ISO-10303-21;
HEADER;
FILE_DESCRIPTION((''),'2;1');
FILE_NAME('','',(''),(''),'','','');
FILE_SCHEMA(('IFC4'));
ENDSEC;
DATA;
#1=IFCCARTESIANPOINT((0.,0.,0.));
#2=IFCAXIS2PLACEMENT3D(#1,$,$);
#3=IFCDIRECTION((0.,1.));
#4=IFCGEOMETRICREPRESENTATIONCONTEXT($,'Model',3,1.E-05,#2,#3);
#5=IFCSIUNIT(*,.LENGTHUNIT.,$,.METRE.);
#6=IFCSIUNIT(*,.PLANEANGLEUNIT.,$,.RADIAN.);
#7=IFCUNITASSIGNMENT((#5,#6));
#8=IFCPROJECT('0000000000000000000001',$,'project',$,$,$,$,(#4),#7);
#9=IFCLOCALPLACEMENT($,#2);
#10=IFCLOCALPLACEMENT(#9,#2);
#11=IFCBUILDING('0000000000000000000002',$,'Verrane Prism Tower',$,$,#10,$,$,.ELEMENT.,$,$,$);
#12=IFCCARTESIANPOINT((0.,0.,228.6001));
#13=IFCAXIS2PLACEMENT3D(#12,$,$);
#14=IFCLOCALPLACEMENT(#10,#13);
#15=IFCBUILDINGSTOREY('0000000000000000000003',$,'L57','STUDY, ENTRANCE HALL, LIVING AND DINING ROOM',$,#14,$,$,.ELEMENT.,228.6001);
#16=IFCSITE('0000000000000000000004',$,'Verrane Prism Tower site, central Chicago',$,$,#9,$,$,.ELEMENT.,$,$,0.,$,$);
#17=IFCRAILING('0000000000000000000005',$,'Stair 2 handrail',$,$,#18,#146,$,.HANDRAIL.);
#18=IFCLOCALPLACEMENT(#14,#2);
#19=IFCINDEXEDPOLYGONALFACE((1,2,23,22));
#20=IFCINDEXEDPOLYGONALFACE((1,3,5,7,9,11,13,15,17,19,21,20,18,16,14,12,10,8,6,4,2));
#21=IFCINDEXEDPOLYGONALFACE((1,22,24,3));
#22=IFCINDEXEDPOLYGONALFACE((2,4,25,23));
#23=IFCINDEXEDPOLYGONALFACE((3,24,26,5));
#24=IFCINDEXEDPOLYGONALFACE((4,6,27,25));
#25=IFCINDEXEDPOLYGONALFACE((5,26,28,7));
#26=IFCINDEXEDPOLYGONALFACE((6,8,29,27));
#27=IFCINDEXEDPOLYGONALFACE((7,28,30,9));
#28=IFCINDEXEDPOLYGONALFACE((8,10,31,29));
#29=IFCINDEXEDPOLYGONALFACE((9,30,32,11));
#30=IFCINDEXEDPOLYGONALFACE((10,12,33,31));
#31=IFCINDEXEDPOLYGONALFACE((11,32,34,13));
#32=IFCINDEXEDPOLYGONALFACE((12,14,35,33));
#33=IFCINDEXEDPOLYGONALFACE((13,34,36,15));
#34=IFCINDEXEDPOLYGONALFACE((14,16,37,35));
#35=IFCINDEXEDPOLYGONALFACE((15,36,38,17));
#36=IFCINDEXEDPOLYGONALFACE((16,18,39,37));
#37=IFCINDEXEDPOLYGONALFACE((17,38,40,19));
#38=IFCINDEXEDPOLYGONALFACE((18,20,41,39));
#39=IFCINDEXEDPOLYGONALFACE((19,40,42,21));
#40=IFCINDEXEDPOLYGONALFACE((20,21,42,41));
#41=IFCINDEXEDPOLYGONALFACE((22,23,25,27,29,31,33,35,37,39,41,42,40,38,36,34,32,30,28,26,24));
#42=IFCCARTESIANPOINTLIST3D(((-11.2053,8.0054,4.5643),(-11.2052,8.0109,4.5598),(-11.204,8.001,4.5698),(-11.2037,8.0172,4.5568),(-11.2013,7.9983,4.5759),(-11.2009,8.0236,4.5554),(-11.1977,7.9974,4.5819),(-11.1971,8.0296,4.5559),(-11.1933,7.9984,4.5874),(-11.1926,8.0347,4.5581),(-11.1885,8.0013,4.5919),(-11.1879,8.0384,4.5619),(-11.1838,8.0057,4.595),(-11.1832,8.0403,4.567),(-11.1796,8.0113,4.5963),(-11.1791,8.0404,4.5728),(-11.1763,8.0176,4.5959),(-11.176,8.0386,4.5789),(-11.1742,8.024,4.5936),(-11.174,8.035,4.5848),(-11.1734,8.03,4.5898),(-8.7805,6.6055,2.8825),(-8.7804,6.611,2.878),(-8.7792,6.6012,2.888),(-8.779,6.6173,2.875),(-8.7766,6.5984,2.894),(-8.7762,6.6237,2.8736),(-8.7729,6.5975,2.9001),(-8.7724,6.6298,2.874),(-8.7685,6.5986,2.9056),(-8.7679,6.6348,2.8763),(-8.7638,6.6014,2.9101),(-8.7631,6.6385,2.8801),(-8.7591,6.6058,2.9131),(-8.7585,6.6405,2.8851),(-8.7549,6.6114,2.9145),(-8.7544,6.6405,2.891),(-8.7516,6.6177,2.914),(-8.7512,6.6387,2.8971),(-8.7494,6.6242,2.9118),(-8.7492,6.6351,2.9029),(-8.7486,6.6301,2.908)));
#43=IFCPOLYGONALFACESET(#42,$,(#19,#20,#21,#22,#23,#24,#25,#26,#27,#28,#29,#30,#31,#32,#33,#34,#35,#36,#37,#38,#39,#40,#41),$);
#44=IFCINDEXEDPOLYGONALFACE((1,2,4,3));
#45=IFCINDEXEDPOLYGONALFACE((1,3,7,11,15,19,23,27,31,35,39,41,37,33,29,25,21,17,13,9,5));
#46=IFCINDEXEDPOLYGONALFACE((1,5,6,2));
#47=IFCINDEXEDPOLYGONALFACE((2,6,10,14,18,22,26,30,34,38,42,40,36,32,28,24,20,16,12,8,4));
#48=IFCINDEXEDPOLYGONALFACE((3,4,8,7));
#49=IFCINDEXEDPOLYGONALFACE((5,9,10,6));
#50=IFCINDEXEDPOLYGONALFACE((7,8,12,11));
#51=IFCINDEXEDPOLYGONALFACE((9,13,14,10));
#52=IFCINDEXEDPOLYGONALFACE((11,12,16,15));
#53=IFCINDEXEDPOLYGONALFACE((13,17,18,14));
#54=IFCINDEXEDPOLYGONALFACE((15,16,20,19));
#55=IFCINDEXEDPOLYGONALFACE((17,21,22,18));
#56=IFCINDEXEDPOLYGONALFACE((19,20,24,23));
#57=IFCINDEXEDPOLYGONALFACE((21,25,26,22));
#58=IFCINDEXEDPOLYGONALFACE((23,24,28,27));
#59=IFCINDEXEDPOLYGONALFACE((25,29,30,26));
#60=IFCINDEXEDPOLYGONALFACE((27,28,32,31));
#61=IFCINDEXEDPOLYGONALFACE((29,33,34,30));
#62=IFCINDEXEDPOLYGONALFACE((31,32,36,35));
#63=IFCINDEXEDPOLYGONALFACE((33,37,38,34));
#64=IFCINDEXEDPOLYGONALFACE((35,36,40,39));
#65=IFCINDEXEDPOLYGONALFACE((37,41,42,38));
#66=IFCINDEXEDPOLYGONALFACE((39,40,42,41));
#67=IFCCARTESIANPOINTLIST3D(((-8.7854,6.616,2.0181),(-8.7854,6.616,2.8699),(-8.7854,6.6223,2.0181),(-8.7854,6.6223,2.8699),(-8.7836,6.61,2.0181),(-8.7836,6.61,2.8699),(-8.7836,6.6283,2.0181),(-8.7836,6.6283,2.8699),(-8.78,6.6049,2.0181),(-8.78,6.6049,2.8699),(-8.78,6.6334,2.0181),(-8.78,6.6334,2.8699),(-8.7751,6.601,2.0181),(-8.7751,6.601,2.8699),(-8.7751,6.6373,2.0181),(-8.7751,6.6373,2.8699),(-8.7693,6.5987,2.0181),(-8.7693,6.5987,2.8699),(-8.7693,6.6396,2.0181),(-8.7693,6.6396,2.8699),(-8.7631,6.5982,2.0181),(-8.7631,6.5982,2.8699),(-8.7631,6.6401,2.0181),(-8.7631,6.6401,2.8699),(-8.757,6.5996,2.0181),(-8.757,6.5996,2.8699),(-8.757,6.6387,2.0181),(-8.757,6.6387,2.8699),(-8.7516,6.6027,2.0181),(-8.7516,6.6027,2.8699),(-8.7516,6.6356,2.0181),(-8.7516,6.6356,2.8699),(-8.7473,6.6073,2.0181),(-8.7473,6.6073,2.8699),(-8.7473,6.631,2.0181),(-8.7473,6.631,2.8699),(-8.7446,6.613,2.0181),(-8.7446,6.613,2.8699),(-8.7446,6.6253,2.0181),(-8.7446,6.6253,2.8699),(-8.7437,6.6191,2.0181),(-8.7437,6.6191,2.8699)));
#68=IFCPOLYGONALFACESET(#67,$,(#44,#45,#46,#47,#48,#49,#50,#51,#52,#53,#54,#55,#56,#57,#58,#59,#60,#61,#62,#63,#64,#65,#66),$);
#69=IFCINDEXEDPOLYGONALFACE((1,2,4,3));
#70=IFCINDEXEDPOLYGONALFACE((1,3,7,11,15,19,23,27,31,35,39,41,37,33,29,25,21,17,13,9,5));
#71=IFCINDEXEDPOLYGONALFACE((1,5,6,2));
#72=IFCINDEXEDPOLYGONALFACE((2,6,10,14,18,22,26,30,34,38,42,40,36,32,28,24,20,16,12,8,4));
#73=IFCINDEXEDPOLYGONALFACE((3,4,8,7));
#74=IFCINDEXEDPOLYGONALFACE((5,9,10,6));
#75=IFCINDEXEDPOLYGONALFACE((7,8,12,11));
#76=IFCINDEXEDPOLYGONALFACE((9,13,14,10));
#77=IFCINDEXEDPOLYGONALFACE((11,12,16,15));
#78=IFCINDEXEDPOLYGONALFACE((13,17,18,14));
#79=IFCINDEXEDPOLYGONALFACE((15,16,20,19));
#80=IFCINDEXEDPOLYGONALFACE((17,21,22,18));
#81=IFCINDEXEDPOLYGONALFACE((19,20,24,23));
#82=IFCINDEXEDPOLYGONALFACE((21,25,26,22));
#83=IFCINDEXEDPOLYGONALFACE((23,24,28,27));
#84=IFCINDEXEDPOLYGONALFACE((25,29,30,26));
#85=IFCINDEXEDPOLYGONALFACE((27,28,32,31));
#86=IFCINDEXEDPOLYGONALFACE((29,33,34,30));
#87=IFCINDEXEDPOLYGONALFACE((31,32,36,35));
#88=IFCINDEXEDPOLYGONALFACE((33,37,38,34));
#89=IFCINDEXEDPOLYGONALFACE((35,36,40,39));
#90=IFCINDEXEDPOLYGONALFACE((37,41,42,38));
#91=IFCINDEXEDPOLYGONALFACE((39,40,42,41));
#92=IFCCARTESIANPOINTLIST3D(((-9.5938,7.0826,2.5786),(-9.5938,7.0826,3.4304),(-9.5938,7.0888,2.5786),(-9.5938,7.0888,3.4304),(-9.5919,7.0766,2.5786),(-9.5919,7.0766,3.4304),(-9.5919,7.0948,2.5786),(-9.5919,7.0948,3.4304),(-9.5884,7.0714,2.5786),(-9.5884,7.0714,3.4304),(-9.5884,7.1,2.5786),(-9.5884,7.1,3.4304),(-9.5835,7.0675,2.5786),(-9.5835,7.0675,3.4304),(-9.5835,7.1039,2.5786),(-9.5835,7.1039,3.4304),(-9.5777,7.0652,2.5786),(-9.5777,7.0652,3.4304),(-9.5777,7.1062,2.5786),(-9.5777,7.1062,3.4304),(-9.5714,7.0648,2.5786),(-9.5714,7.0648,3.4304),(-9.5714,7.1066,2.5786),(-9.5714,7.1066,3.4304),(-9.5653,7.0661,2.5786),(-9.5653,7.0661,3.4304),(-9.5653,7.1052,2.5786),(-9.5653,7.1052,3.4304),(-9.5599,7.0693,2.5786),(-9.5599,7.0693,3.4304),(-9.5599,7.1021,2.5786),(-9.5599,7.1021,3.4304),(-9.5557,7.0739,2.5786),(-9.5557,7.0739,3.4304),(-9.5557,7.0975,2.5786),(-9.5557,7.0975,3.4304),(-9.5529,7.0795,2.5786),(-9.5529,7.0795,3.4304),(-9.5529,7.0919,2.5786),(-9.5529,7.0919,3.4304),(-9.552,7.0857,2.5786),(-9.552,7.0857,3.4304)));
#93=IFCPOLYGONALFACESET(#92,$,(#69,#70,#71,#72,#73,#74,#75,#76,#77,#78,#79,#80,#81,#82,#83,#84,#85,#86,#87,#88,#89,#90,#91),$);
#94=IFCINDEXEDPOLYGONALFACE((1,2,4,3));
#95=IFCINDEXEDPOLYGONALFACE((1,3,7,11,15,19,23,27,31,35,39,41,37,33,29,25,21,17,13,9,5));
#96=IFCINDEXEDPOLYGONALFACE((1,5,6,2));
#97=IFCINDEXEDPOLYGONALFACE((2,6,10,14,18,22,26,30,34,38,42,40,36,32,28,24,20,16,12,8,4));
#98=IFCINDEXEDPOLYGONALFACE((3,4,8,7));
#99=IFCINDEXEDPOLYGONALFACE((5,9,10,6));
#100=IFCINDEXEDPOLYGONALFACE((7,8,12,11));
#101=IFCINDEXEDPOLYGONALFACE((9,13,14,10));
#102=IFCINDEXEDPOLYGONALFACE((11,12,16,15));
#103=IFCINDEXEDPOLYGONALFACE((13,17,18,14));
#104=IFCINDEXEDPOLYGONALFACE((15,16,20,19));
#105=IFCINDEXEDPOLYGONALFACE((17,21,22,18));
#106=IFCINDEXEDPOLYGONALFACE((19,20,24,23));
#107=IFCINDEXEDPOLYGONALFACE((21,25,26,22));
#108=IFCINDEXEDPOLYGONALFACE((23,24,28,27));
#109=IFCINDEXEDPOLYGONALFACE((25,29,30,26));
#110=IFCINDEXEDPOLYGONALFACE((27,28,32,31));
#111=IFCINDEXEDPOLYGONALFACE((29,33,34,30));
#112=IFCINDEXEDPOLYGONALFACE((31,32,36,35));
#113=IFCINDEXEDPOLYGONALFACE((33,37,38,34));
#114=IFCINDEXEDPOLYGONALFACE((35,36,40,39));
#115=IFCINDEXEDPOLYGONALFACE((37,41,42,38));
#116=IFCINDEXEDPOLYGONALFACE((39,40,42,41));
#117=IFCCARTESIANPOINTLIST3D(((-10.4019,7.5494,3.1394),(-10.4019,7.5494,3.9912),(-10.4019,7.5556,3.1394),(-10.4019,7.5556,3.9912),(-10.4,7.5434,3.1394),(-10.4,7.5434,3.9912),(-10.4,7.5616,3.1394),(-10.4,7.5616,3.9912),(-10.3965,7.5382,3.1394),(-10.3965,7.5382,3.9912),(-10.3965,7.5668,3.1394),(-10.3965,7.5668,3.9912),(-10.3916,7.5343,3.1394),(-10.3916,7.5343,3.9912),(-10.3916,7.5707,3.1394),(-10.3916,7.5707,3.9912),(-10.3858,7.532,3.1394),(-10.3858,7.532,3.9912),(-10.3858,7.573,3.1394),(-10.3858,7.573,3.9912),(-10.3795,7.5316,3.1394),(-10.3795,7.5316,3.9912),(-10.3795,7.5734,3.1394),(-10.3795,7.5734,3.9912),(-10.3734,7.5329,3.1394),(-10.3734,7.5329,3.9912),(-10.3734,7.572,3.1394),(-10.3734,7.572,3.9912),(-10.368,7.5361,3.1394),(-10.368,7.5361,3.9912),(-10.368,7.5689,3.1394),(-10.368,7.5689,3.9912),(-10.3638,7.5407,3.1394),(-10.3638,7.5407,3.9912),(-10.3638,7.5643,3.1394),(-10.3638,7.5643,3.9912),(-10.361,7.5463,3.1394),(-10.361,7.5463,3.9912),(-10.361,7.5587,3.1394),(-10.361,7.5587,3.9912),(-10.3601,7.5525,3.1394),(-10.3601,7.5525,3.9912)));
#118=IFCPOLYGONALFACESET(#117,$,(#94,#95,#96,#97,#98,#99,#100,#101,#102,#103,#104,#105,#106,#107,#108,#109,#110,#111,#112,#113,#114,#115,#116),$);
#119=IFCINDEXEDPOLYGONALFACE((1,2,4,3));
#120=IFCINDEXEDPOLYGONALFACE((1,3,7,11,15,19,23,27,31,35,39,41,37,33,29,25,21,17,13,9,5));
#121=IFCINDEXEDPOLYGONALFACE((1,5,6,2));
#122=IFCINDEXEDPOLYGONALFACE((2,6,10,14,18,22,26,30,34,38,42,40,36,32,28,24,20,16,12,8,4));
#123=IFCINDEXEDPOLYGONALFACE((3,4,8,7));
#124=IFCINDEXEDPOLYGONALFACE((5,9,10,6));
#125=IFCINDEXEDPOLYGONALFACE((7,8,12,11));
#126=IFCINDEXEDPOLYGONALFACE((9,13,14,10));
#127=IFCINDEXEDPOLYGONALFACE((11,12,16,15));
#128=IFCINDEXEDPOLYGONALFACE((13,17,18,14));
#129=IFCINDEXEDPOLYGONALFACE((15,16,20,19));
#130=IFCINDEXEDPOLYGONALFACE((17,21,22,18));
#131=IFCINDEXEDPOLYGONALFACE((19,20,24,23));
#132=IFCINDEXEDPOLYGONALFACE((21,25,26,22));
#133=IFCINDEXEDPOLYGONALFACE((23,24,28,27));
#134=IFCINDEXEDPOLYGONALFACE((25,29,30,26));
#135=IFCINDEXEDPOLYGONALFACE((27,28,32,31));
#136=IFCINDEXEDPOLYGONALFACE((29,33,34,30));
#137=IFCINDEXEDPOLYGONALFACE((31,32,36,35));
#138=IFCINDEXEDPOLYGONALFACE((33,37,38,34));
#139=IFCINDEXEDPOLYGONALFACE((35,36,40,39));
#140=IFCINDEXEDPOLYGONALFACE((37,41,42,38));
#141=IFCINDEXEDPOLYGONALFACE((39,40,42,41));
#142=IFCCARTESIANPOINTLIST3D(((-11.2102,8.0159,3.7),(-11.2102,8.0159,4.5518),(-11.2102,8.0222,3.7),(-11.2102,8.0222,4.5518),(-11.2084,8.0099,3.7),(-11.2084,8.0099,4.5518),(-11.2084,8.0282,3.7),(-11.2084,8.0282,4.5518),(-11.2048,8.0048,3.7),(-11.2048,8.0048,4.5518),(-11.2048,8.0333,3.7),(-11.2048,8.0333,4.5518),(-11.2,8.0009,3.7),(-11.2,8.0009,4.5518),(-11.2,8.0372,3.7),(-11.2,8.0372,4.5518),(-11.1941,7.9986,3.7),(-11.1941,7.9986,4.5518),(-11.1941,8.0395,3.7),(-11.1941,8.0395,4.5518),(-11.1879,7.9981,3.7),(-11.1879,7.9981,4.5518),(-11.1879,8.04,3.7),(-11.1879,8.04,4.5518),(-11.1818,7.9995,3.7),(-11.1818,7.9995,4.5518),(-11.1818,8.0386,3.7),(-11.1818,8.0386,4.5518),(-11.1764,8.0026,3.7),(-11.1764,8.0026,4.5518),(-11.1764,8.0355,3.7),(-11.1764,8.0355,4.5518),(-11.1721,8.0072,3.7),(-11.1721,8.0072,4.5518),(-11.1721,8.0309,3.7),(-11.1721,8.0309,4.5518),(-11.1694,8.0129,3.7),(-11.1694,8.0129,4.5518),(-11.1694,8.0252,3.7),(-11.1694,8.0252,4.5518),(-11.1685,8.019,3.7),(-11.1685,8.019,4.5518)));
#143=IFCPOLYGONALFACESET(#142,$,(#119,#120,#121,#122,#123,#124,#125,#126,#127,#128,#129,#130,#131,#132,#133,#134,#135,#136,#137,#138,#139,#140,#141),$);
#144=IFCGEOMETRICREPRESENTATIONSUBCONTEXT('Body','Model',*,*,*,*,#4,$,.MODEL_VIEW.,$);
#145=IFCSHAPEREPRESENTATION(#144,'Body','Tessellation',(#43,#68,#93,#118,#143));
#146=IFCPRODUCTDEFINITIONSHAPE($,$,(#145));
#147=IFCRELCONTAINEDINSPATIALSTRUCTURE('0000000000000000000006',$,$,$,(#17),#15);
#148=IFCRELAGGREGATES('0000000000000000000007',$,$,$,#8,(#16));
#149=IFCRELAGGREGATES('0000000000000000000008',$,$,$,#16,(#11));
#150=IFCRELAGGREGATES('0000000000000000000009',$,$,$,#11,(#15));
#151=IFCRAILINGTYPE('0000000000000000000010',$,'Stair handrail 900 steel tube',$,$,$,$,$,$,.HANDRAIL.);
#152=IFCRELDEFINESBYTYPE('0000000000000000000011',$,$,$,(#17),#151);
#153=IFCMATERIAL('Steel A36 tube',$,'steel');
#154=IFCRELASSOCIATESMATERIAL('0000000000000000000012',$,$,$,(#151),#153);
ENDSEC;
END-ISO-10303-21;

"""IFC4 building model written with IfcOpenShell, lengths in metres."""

from ifc_helpers import new_model, si_unit, direction, frame, origin, origin_2d, place, context, subcontext, project, spatial, circle, extrude, material, type_object, element, save


model = new_model("IFC4")

# Units and contexts
model_context = context("Model", 3, precision=1e-05, world=origin(), true_north=direction((0.0, 1.0)))
body_context = subcontext(model_context, "Body", "Model", "MODEL_VIEW")
ifc_project = project(units=[si_unit("LENGTHUNIT", "METRE"), si_unit("PLANEANGLEUNIT", "RADIAN")], contexts=[model_context])

# Site, building, storey
site_placement = place(None, origin())
site = spatial("IfcSite", under=ifc_project, at=site_placement, Name="Verrane Prism Tower site, central Chicago", CompositionType="ELEMENT", RefElevation=0.0)
building_placement = place(site_placement, origin())
building = spatial("IfcBuilding", under=site, at=building_placement, Name="Verrane Prism Tower", CompositionType="ELEMENT")
storey_placement = place(building_placement, frame((0.0, 0.0, 228.6001)))
storey = spatial("IfcBuildingStorey", under=building, at=storey_placement, Name="L57", Description="STUDY, ENTRANCE HALL, LIVING AND DINING ROOM", CompositionType="ELEMENT", Elevation=228.6001)

# Railing
ifc_material_1 = material(Name="Steel A36 tube", Category="steel")
railing_type_1 = type_object("IfcRailingType", Name="Stair handrail 900 steel tube", PredefinedType="HANDRAIL", material=ifc_material_1)
railing_1_placement = place(storey_placement, frame((-8.7646, 6.6191, 2.0181)))
element("IfcRailing", 1, at=railing_1_placement, inside=storey, type_object=railing_type_1, Name="Stair 2 handrail", PredefinedType="HANDRAIL", context=body_context, shape_type="SweptSolid", body=[
    extrude(circle(Radius=0.0239, at=origin_2d()), frame((0.0, 0.0, 0.876), z_axis=(-0.74239, 0.428601, 0.514934), x_axis=(-0.499984, -0.866035, 0.0)), (0.0, 0.0, 1.0), 3.2661),
    extrude(circle(Radius=0.021, at=origin_2d()), origin(), (0.0, 0.0, 1.0), 0.8518),
    extrude(circle(Radius=0.021, at=origin_2d()), frame((-0.8083, 0.4666, 0.5605)), (0.0, 0.0, 1.0), 0.8518),
    extrude(circle(Radius=0.021, at=origin_2d()), frame((-1.6165, 0.9333, 1.1213)), (0.0, 0.0, 1.0), 0.8518),
    extrude(circle(Radius=0.021, at=origin_2d()), frame((-2.4248, 1.3999, 1.6819)), (0.0, 0.0, 1.0), 0.8518),
])

save(model, "model.ifc")
